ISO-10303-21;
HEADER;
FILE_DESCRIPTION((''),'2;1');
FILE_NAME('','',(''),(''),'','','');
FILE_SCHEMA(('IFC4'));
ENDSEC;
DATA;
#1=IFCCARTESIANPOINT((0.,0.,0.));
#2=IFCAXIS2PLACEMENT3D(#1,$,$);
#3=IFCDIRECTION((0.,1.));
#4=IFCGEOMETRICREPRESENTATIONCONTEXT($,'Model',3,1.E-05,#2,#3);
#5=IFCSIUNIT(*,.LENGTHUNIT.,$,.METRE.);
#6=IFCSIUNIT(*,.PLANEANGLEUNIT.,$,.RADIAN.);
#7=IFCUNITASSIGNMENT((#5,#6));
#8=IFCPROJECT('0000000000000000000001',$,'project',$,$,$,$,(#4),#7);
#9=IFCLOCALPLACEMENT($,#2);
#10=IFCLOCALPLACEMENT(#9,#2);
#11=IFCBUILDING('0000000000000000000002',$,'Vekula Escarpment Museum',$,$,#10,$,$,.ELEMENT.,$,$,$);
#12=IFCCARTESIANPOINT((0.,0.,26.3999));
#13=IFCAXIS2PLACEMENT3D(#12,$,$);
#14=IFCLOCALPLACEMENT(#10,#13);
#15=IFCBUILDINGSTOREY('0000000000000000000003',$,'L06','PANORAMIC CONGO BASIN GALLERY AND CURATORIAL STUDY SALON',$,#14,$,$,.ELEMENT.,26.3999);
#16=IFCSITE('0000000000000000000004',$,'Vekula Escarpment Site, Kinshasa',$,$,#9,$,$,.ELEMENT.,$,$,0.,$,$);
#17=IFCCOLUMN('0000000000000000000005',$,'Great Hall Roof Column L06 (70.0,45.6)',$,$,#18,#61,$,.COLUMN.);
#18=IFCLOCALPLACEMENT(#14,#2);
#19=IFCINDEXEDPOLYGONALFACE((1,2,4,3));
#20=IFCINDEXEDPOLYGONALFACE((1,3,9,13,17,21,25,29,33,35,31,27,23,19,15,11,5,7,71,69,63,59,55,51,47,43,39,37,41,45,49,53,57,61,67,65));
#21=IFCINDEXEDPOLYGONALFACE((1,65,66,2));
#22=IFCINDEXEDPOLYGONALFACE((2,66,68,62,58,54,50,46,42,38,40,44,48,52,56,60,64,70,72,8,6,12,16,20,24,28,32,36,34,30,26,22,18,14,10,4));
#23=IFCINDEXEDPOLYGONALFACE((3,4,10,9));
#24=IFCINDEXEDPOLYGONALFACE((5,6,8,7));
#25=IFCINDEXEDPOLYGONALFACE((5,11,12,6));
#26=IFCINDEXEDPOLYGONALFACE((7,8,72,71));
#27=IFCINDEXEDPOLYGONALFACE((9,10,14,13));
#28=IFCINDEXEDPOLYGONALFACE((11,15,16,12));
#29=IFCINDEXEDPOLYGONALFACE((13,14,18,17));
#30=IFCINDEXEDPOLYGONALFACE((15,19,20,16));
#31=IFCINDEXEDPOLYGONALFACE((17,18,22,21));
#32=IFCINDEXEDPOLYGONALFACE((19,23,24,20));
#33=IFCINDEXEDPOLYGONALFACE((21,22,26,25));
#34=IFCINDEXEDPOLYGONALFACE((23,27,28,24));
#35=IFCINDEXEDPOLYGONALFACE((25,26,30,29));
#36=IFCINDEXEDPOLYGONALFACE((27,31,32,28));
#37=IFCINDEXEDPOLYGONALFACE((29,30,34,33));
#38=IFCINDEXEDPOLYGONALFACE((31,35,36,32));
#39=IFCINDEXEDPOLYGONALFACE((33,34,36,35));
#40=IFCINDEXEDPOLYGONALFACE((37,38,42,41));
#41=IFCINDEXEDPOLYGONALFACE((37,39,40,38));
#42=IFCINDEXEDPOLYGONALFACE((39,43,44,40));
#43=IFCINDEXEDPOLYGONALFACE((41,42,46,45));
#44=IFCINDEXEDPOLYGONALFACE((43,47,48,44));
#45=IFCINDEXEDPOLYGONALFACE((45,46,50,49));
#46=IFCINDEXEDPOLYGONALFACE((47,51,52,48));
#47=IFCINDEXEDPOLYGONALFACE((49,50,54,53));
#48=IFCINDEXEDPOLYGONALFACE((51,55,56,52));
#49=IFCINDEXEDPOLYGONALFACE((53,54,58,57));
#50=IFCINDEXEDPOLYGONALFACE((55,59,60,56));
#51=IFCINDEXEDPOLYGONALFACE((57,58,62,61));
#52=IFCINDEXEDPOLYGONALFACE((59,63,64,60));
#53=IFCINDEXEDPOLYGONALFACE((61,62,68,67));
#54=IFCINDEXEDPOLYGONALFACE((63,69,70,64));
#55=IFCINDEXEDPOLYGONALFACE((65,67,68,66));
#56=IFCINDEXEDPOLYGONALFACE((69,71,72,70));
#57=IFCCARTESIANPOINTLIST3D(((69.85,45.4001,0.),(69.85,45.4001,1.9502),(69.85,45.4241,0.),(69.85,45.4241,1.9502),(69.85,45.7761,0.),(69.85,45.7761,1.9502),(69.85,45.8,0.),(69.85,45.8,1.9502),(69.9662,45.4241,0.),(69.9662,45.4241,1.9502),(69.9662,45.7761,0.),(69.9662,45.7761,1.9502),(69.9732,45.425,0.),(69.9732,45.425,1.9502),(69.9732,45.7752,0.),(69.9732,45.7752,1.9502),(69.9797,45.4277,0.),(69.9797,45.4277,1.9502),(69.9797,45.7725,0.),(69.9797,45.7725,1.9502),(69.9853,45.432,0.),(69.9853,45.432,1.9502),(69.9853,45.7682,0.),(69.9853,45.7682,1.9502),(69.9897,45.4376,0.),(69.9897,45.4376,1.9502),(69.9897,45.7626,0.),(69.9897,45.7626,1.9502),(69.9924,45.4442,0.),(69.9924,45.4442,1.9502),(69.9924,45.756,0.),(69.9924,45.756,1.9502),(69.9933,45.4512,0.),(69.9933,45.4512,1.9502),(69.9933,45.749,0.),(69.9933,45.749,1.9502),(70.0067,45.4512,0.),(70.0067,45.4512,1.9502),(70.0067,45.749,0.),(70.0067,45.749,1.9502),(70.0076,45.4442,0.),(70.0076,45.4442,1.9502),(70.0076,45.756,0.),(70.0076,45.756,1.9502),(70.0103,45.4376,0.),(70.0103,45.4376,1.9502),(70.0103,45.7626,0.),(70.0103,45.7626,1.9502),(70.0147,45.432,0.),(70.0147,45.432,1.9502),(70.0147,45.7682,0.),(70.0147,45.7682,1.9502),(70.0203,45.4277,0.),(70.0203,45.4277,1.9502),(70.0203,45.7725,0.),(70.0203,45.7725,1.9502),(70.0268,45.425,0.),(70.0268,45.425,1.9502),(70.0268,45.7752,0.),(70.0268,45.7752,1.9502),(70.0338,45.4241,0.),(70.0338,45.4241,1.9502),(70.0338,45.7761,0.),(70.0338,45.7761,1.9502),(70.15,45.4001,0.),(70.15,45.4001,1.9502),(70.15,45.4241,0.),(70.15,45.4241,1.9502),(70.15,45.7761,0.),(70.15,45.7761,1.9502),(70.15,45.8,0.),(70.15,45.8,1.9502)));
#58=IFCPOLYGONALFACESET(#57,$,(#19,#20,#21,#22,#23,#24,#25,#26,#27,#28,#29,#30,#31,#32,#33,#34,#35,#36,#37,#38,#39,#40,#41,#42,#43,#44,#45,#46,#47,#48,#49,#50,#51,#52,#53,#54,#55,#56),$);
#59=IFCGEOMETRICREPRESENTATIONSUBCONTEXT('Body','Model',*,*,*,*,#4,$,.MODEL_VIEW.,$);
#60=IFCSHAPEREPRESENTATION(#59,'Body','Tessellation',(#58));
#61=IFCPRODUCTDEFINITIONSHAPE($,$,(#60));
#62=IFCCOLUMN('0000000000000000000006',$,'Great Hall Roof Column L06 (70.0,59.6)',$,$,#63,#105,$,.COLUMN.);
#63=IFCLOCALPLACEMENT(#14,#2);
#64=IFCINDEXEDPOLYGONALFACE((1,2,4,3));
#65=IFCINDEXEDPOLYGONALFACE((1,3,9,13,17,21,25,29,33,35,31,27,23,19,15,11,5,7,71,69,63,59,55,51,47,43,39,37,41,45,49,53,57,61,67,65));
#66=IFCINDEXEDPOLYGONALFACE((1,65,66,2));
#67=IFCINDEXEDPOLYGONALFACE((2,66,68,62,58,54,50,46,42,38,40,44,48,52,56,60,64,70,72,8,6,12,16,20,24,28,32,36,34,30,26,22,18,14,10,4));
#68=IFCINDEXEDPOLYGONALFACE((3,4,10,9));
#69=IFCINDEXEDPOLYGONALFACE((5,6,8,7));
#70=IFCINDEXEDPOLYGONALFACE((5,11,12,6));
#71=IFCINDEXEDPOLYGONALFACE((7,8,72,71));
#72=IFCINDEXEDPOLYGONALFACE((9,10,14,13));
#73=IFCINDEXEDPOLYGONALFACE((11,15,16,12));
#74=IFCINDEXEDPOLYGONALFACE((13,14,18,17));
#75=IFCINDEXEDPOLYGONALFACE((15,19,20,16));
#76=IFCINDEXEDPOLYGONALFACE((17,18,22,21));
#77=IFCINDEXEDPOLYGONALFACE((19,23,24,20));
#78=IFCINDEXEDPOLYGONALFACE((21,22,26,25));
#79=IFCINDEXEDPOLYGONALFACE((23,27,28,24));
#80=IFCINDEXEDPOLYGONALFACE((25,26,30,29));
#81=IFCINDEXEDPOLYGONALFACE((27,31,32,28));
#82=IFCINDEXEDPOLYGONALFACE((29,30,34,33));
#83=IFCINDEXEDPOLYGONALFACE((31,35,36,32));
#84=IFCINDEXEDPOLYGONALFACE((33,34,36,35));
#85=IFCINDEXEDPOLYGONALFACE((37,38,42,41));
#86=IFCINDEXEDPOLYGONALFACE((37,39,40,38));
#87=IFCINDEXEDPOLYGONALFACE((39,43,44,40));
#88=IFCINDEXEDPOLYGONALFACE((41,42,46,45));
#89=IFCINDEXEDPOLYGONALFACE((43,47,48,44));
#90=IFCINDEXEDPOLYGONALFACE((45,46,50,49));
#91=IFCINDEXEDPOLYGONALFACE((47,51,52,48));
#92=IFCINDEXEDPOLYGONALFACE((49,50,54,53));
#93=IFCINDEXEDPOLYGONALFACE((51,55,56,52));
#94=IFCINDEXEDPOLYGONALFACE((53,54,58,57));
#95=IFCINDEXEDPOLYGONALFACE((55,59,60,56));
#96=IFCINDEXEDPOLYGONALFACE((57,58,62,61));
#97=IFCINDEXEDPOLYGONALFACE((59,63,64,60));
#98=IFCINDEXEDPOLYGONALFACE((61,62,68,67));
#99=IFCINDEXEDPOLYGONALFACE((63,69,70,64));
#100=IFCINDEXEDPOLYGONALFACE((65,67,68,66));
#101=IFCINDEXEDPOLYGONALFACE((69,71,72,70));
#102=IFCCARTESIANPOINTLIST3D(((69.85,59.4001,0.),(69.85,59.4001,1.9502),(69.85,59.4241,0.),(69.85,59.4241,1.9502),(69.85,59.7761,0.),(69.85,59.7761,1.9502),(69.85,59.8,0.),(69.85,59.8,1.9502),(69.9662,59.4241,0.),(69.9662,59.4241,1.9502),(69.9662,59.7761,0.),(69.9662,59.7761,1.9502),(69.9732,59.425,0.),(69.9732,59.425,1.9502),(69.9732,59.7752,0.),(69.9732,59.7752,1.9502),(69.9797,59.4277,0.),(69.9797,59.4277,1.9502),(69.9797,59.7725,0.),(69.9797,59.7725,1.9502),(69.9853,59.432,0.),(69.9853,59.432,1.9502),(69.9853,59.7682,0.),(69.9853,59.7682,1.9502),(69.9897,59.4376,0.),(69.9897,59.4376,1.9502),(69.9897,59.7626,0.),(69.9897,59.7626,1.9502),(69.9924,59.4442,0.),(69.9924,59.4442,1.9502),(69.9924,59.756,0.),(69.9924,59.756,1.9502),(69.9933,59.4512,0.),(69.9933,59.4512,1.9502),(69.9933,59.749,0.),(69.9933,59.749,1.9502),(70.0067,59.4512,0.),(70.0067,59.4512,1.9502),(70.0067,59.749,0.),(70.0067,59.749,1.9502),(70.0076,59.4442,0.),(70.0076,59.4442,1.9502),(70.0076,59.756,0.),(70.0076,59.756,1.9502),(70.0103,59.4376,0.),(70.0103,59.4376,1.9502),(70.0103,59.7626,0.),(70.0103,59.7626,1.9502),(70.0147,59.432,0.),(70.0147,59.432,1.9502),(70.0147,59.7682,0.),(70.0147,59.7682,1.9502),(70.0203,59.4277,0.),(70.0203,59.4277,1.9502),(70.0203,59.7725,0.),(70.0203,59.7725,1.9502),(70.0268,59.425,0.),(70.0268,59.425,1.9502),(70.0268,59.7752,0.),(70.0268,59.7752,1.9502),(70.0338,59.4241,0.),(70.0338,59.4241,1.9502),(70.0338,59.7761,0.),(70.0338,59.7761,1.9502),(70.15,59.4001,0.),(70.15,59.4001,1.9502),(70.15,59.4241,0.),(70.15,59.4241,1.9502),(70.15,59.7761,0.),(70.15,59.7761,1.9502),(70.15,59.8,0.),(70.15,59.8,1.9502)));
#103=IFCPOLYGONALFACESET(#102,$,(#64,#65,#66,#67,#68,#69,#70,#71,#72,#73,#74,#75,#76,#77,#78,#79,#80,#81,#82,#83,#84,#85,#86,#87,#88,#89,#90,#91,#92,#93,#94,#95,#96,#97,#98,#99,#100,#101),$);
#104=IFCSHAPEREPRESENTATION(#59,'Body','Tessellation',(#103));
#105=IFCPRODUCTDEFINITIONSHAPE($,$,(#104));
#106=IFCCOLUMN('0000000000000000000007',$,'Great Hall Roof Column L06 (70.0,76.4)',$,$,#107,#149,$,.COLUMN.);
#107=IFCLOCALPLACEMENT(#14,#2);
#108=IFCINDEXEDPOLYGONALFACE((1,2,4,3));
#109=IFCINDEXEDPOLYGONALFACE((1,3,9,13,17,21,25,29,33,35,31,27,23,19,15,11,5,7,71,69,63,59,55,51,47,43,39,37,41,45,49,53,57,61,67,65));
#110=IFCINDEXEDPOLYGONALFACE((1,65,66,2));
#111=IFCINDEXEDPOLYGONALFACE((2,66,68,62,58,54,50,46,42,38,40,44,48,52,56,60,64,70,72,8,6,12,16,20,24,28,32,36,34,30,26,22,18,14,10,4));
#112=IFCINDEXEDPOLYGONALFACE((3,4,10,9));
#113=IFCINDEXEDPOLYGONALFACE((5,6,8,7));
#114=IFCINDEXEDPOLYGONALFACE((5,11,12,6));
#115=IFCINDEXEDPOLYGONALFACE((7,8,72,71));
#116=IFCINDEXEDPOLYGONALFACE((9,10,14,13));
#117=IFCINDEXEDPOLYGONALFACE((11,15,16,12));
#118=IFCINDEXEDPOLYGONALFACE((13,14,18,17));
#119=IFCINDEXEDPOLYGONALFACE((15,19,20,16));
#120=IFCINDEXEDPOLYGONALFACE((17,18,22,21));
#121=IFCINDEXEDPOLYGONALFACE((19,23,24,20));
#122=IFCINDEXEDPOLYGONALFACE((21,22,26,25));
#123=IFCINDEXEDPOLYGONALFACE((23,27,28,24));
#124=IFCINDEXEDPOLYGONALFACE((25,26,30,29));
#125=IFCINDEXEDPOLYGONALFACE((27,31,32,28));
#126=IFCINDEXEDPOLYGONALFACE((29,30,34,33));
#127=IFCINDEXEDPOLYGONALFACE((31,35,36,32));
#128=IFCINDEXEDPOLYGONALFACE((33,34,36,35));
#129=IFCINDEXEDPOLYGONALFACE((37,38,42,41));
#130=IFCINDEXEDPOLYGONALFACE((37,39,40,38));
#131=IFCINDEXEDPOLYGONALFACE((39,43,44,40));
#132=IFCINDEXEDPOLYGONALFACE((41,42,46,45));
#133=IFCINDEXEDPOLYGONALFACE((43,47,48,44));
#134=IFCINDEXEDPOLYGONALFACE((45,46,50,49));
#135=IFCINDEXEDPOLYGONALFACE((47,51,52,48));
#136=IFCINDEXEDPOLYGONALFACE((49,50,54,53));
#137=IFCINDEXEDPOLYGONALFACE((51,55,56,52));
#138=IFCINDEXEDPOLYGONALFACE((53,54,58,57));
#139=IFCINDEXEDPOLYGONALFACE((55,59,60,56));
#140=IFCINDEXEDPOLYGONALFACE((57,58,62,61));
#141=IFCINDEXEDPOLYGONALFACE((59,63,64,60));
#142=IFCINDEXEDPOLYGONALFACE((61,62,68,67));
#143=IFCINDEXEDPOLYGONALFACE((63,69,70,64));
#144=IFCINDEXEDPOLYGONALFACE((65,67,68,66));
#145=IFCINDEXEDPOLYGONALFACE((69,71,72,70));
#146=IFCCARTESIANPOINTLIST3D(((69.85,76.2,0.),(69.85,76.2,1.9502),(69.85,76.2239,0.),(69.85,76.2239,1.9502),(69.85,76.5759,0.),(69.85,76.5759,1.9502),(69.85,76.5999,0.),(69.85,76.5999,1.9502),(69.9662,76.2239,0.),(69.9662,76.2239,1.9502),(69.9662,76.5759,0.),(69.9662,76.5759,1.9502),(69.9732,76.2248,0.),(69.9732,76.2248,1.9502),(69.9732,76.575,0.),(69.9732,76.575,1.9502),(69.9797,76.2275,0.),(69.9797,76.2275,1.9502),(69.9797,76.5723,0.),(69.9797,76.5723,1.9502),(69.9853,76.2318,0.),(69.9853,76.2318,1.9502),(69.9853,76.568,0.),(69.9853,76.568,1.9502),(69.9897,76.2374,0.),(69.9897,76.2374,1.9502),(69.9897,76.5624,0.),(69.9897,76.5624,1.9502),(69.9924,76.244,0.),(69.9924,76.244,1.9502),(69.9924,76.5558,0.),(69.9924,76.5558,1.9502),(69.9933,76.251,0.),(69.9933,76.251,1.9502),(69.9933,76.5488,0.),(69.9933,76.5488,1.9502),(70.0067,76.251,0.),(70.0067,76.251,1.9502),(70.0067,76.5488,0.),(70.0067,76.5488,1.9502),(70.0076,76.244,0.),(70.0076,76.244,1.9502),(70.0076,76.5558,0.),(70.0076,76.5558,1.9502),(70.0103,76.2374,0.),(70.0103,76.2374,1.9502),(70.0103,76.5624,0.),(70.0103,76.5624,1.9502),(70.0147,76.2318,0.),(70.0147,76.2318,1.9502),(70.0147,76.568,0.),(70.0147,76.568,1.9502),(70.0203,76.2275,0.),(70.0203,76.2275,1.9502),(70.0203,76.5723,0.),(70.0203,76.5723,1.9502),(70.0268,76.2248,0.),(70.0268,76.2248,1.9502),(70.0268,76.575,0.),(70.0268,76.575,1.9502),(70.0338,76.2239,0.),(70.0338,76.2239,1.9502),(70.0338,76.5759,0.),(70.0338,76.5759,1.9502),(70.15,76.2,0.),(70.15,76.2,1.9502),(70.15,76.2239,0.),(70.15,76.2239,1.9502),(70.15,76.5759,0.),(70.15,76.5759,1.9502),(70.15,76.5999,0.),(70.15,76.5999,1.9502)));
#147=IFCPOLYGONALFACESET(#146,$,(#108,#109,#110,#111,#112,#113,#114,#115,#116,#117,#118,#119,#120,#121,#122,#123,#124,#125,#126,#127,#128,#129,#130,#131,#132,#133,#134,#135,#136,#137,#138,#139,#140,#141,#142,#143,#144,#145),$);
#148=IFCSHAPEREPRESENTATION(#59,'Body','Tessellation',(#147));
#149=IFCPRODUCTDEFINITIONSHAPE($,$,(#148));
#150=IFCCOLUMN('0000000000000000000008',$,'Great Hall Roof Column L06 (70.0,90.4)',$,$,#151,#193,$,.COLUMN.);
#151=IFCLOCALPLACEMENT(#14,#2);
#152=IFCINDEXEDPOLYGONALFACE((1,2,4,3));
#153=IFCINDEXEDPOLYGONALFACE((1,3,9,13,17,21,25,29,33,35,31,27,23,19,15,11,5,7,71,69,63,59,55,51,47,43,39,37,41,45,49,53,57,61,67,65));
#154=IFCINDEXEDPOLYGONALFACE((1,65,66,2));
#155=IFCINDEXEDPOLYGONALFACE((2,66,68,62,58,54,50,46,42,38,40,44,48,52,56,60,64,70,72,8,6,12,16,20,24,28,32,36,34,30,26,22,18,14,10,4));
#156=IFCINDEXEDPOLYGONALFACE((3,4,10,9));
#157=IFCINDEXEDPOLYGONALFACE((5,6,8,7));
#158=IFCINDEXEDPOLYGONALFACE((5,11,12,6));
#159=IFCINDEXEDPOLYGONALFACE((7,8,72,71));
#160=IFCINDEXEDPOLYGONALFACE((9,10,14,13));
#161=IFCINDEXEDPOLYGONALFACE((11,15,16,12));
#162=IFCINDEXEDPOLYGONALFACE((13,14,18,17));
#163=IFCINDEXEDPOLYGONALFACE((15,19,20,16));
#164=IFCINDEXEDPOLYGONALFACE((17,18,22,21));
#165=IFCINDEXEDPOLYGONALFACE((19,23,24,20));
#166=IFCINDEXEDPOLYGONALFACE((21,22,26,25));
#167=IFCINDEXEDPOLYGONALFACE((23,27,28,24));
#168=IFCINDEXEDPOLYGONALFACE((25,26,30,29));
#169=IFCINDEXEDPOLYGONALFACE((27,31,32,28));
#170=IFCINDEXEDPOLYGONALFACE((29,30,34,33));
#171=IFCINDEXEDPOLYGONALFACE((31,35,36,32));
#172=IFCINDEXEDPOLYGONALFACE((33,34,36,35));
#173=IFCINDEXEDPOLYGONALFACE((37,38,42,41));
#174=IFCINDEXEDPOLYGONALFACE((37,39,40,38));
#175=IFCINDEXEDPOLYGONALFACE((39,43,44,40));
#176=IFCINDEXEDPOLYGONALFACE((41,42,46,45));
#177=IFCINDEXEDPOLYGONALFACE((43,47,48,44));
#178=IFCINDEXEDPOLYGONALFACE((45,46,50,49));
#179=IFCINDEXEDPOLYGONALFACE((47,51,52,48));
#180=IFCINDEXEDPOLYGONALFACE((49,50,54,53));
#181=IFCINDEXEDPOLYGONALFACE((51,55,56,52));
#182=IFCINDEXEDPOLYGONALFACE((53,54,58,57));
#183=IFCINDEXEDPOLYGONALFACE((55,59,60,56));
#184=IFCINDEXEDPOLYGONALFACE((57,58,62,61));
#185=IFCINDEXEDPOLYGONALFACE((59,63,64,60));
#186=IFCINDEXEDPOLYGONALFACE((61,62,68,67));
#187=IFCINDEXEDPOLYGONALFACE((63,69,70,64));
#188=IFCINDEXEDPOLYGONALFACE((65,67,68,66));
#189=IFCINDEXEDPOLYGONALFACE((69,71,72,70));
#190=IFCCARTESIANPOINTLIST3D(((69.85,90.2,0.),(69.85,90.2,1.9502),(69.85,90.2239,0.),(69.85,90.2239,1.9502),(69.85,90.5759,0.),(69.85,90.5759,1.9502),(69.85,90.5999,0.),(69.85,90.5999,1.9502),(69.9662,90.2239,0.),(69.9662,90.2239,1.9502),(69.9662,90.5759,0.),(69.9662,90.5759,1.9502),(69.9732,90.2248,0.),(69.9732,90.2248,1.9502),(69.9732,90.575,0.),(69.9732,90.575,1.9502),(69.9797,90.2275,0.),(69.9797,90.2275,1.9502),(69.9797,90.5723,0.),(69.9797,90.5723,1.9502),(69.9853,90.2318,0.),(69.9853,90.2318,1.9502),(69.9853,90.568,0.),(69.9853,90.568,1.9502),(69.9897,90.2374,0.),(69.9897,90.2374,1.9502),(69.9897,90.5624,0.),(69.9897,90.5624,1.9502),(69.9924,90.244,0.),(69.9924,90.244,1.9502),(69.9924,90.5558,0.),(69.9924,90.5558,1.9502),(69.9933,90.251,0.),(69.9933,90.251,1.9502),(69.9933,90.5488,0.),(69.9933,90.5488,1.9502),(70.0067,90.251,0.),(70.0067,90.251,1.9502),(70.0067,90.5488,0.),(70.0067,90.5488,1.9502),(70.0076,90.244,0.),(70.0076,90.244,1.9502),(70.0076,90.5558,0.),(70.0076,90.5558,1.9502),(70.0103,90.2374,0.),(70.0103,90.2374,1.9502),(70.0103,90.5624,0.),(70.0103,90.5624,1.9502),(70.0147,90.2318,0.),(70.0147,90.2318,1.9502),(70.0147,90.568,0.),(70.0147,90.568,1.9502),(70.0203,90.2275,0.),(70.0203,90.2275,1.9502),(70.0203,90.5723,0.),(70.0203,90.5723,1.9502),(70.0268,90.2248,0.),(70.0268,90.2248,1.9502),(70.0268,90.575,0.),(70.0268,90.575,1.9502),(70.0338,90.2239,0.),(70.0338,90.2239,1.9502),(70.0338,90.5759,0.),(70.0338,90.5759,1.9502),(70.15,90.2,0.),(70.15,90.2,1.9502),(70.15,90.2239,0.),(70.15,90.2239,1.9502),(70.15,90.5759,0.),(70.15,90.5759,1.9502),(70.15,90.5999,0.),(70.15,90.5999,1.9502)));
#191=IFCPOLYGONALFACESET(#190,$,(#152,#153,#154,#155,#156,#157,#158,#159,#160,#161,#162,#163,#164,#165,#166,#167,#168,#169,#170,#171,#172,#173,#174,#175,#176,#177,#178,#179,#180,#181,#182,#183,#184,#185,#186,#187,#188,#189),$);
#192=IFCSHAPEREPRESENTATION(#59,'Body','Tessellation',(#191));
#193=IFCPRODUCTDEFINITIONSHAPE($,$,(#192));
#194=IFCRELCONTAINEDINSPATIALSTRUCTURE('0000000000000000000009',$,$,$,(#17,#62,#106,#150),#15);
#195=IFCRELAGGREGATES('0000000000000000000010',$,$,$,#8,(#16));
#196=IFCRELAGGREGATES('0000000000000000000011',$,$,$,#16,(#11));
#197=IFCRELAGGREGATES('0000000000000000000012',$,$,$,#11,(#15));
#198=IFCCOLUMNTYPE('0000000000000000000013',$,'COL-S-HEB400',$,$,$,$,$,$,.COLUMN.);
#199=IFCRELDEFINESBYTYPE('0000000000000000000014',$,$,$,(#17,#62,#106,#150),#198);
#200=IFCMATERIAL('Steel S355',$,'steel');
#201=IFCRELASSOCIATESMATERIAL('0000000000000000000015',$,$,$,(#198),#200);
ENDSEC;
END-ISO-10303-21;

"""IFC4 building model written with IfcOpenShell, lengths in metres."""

from ifc_helpers import new_model, si_unit, direction, frame, origin, origin_2d, place, context, subcontext, project, spatial, i_section, extrude, material, material_profile, profile_set, type_object, element, save


model = new_model("IFC4")

# Units and contexts
model_context = context("Model", 3, precision=1e-05, world=origin(), true_north=direction((0.0, 1.0)))
body_context = subcontext(model_context, "Body", "Model", "MODEL_VIEW")
ifc_project = project(units=[si_unit("LENGTHUNIT", "METRE"), si_unit("PLANEANGLEUNIT", "RADIAN")], contexts=[model_context])

# Site, building, storey
site_placement = place(None, origin())
site = spatial("IfcSite", under=ifc_project, at=site_placement, Name="Vekula Escarpment Site, Kinshasa", CompositionType="ELEMENT", RefElevation=0.0)
building_placement = place(site_placement, origin())
building = spatial("IfcBuilding", under=site, at=building_placement, Name="Vekula Escarpment Museum", CompositionType="ELEMENT")
storey_placement = place(building_placement, frame((0.0, 0.0, 26.3999)))
storey = spatial("IfcBuildingStorey", under=building, at=storey_placement, Name="L06", Description="PANORAMIC CONGO BASIN GALLERY AND CURATORIAL STUDY SALON", CompositionType="ELEMENT", Elevation=26.3999)

# Columns
ifc_material_1 = material(Name="Steel S355", Category="steel")
ifc_material_profile_1 = material_profile(ifc_material_1, i_section(OverallWidth=0.3, OverallDepth=0.3999, WebThickness=0.0134, FlangeThickness=0.0239, FilletRadius=0.0271, at=origin_2d()), Name="HEB 400")
ifc_profile_set_1 = profile_set([ifc_material_profile_1], Name="Steel S355")
column_type = type_object("IfcColumnType", Name="COL-S-HEB400", PredefinedType="COLUMN", material=ifc_profile_set_1)
for number, where, z_axis, x_axis, name in (
    (1, (70.0, 45.6001, 0.0), (0.0, 0.0, 1.0), (1.0, 0.0, 0.0), "Great Hall Roof Column L06 (70.0,45.6)"),
    (2, (70.0, 59.6001, 0.0), (0.0, 0.0, 1.0), (1.0, 0.0, 0.0), "Great Hall Roof Column L06 (70.0,59.6)"),
    (3, (70.0, 76.3999, 0.0), (0.0, 0.0, 1.0), (1.0, 0.0, 0.0), "Great Hall Roof Column L06 (70.0,76.4)"),
    (4, (70.0, 90.3999, 0.0), (0.0, 0.0, 1.0), (1.0, 0.0, 0.0), "Great Hall Roof Column L06 (70.0,90.4)"),
):
    element("IfcColumn", number, at=place(storey_placement, frame(where, z_axis=z_axis, x_axis=x_axis)), inside=storey, type_object=column_type, Name=name, PredefinedType="COLUMN", context=body_context, shape_type="SweptSolid", body=[
        extrude(i_section(OverallWidth=0.3, OverallDepth=0.3999, WebThickness=0.0134, FlangeThickness=0.0239, FilletRadius=0.0271, at=origin_2d()), origin(), (0.0, 0.0, 1.0), 1.9502),
    ])

save(model, "model.ifc")
